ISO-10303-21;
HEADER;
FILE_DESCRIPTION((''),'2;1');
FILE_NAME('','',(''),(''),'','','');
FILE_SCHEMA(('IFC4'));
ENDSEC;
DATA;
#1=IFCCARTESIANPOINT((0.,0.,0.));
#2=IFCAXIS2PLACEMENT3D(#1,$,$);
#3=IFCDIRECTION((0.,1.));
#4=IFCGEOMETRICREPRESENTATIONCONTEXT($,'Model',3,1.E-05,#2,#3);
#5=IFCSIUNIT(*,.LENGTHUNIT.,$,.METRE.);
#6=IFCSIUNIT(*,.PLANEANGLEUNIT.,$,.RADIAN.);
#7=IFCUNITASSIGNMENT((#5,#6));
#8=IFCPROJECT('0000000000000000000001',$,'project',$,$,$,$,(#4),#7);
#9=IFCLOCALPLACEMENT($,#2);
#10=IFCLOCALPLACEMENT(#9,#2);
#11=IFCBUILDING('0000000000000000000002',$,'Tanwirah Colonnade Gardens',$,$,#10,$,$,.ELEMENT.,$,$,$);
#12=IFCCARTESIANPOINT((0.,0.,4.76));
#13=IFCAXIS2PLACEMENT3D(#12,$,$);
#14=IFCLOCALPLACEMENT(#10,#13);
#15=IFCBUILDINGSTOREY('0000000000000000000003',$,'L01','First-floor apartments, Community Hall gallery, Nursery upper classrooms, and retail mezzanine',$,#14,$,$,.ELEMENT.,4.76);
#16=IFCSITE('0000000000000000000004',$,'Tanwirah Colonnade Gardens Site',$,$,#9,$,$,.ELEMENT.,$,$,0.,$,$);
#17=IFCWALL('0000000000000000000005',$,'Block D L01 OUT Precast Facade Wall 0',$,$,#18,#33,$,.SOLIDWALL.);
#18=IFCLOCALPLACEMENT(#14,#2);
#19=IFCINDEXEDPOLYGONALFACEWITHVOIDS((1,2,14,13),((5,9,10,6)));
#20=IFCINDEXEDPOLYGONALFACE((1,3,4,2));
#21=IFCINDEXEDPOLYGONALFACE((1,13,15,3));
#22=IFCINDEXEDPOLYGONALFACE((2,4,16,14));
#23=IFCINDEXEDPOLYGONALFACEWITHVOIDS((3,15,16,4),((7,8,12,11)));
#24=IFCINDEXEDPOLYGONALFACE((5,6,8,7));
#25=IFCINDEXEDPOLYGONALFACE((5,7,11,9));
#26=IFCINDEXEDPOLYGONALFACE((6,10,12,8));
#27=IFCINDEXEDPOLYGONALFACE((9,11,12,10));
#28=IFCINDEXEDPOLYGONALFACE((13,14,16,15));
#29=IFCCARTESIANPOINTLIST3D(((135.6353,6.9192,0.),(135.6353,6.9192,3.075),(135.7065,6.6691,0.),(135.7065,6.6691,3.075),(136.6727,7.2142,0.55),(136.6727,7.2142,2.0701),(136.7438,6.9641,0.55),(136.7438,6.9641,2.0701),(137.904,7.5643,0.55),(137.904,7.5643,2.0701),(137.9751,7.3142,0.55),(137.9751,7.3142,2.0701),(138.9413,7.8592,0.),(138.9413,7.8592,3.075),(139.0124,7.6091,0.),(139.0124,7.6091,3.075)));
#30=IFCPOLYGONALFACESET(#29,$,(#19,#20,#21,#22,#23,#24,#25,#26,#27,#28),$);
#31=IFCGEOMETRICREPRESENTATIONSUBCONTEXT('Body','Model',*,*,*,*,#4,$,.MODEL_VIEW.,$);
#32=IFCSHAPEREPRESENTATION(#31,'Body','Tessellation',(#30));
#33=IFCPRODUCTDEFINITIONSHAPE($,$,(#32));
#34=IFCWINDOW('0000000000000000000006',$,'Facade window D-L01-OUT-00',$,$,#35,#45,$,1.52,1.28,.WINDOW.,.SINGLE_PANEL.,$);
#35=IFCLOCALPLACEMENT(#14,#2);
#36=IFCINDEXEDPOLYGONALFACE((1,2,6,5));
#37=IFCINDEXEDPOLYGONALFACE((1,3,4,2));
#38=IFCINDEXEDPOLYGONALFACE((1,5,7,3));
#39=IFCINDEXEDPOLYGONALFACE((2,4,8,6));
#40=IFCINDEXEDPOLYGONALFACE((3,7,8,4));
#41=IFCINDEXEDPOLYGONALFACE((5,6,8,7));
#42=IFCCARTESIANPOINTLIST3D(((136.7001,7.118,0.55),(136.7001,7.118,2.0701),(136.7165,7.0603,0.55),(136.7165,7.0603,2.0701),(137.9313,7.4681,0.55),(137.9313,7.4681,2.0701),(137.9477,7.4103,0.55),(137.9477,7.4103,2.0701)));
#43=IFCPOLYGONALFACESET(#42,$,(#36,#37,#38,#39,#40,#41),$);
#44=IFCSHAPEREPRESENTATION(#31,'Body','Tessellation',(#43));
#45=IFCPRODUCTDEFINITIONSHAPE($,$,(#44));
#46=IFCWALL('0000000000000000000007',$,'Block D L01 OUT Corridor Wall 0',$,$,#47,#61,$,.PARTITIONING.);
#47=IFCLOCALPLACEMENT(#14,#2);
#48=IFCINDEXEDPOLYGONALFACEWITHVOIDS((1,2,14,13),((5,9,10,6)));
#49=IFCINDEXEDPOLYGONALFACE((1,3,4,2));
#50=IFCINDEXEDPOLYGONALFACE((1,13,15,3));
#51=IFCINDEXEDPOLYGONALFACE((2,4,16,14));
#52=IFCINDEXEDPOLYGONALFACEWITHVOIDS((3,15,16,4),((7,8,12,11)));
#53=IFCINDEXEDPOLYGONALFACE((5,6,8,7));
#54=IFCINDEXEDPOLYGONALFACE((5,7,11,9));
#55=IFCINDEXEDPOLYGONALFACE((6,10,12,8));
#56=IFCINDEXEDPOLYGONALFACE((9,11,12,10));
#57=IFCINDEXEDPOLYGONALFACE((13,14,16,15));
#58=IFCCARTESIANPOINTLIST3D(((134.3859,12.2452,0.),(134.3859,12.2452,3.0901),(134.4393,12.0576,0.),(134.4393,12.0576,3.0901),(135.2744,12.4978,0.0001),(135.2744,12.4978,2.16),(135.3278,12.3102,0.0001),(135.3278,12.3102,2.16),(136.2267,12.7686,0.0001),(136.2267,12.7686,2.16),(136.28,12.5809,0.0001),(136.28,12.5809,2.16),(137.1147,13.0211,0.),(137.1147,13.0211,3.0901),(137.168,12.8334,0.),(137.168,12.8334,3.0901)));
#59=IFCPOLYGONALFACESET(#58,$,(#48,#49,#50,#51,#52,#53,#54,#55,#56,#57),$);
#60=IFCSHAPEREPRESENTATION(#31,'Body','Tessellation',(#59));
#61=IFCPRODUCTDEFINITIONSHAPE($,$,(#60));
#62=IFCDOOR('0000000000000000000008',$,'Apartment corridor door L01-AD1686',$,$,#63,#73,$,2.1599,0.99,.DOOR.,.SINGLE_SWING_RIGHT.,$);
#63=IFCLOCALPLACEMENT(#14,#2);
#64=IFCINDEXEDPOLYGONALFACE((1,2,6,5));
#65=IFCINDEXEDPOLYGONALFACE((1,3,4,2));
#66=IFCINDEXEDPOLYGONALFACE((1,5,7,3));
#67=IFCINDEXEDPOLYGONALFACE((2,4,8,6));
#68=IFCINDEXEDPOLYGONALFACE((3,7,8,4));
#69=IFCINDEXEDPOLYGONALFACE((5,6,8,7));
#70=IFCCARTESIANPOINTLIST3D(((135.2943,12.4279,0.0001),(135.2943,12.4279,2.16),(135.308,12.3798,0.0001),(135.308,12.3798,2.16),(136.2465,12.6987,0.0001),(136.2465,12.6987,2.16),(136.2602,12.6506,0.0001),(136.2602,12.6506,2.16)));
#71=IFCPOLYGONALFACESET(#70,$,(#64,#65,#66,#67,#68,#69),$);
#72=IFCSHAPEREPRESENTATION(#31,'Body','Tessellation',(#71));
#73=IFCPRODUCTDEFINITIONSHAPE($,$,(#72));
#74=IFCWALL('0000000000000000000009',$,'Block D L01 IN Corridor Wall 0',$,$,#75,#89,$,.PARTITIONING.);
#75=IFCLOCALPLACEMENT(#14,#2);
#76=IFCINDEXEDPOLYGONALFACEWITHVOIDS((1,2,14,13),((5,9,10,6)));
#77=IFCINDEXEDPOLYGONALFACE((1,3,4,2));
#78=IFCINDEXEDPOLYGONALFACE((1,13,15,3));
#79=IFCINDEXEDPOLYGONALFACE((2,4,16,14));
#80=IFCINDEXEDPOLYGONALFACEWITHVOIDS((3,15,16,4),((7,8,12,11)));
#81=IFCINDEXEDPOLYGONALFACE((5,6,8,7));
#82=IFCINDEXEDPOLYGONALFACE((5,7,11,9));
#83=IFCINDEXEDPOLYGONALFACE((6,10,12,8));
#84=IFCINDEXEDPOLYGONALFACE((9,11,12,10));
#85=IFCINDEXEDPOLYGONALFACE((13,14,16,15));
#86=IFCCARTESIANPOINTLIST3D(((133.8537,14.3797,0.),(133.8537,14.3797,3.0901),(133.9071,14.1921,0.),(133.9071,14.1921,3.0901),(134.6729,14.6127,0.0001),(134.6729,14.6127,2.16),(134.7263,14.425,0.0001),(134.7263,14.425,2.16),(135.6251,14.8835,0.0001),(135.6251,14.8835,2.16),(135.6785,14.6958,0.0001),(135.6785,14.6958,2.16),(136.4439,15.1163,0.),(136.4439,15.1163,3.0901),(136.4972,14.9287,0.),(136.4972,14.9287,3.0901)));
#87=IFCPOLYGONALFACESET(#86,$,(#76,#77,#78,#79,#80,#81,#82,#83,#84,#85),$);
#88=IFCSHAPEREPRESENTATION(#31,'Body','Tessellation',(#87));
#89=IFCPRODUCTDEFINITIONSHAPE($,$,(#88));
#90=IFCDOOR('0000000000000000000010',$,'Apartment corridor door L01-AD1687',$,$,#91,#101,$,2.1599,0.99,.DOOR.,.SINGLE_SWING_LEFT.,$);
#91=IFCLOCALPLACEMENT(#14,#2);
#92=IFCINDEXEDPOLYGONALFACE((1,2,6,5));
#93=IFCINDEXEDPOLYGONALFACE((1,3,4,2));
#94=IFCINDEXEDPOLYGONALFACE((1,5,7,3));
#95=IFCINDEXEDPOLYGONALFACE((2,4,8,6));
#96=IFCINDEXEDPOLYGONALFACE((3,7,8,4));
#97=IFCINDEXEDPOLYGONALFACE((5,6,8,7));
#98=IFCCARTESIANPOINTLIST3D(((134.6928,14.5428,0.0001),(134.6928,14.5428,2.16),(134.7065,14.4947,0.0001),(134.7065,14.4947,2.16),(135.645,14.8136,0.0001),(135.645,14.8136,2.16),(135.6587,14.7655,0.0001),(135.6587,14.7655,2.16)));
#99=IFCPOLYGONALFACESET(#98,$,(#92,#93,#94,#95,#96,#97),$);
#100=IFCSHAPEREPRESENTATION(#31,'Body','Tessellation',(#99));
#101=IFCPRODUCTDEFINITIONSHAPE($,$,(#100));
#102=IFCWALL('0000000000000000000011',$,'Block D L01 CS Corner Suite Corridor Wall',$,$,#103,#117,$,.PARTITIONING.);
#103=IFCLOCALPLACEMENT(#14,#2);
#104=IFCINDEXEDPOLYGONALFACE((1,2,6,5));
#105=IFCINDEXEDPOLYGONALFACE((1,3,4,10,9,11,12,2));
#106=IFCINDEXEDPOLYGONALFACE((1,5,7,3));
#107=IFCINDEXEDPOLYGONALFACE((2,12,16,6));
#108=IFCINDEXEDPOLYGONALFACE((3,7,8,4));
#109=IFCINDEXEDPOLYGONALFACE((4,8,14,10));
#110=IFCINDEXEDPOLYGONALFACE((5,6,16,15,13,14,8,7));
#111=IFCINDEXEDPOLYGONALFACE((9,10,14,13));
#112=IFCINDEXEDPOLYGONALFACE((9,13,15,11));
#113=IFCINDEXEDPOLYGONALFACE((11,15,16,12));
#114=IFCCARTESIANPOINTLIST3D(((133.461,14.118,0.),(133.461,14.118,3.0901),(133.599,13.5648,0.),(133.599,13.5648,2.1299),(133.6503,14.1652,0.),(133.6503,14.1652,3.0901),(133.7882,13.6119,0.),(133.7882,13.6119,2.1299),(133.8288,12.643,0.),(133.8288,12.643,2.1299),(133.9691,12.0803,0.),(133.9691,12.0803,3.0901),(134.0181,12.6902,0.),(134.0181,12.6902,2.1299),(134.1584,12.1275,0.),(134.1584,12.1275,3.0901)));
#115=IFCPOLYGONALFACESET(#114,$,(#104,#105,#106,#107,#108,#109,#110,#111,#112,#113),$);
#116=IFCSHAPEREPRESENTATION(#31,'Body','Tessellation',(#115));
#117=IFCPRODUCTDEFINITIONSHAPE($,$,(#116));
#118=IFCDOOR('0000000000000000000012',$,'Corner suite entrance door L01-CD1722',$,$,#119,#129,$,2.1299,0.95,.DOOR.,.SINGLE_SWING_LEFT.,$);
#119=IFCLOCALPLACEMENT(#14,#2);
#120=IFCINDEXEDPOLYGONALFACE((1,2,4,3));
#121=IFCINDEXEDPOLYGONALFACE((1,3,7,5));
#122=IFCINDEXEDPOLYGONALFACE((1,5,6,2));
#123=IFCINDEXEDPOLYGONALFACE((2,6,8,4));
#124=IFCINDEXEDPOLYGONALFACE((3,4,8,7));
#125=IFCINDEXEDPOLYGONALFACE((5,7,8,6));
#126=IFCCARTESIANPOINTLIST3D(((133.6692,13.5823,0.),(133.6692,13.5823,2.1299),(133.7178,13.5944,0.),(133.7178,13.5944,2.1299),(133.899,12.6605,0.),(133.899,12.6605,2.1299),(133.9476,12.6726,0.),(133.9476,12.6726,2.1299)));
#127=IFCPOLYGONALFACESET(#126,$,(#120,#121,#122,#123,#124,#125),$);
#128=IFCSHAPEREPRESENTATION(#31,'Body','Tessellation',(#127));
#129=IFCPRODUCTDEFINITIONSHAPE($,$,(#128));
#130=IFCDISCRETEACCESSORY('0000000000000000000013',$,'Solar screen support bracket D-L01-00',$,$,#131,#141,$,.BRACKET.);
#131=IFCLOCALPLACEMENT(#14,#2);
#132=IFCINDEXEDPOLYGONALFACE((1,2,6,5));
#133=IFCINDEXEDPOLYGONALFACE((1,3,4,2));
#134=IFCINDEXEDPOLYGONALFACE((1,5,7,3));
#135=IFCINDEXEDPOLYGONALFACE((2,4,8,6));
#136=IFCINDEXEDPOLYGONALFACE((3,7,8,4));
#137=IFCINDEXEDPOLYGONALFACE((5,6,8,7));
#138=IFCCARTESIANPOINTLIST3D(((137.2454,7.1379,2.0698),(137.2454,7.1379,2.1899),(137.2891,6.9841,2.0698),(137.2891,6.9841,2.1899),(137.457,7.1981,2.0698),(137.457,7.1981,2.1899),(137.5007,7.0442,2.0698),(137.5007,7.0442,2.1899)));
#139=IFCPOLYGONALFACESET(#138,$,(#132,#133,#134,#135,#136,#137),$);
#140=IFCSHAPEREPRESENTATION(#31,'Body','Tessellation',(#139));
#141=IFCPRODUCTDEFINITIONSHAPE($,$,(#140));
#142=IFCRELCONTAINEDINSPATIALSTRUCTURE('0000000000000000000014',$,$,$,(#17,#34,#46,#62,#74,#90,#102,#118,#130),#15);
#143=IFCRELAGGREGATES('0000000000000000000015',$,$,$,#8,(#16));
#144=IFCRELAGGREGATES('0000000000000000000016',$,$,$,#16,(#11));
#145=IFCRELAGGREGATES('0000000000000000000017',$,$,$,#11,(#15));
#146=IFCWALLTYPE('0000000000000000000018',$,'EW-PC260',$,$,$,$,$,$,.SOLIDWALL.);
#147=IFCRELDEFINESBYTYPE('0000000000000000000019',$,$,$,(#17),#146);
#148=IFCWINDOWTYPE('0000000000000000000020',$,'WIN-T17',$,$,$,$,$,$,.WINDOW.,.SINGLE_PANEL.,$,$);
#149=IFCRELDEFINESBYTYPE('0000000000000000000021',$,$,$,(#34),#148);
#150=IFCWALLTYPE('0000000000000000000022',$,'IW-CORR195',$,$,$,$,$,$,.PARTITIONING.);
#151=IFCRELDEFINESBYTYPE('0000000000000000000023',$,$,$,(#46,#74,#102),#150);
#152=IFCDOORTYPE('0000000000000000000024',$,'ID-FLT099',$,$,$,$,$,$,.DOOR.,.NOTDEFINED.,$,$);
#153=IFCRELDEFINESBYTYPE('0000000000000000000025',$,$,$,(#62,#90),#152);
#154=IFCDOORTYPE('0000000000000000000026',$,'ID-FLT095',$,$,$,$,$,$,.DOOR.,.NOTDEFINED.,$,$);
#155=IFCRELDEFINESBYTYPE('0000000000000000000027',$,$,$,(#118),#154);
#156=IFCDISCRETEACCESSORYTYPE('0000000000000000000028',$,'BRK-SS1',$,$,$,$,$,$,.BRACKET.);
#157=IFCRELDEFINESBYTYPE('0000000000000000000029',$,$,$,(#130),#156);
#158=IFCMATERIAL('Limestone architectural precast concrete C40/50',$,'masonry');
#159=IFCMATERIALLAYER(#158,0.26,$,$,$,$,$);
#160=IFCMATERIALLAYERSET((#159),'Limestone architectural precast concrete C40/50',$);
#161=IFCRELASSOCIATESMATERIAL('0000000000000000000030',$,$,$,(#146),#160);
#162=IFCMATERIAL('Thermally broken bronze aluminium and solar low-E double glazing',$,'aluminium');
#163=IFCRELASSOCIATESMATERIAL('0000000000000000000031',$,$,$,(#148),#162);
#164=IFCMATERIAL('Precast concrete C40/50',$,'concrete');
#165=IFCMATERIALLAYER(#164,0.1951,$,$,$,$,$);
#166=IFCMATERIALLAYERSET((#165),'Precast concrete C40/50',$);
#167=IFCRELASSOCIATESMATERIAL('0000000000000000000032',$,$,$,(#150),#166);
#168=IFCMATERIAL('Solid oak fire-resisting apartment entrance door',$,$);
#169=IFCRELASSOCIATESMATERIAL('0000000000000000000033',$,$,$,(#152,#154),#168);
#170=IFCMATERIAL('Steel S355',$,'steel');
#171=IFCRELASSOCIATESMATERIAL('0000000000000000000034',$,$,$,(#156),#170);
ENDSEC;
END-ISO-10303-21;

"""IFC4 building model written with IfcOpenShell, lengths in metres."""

from ifc_helpers import new_model, si_unit, direction, frame, frame_2d, origin, origin_2d, place, context, subcontext, project, spatial, rectangle, extrude, material, layer, layer_set, type_object, element, fill, save


model = new_model("IFC4")

# Units and contexts
model_context = context("Model", 3, precision=1e-05, world=origin(), true_north=direction((0.0, 1.0)))
body_context = subcontext(model_context, "Body", "Model", "MODEL_VIEW")
ifc_project = project(units=[si_unit("LENGTHUNIT", "METRE"), si_unit("PLANEANGLEUNIT", "RADIAN")], contexts=[model_context])

# Site, building, storey
site_placement = place(None, origin())
site = spatial("IfcSite", under=ifc_project, at=site_placement, Name="Tanwirah Colonnade Gardens Site", CompositionType="ELEMENT", RefElevation=0.0)
building_placement = place(site_placement, origin())
building = spatial("IfcBuilding", under=site, at=building_placement, Name="Tanwirah Colonnade Gardens", CompositionType="ELEMENT")
storey_placement = place(building_placement, frame((0.0, 0.0, 4.76)))
storey = spatial("IfcBuildingStorey", under=building, at=storey_placement, Name="L01", Description="First-floor apartments, Community Hall gallery, Nursery upper classrooms, and retail mezzanine", CompositionType="ELEMENT", Elevation=4.76)

# Shared definitions
ifc_material_1 = material(Name="Precast concrete C40/50", Category="concrete")

# Wall, opening, window
ifc_material_2 = material(Name="Limestone architectural precast concrete C40/50", Category="masonry")
ifc_layer_1 = layer(ifc_material_2, 0.26)
ifc_layer_set_1 = layer_set([ifc_layer_1], Name="Limestone architectural precast concrete C40/50")
wall_type_1 = type_object("IfcWallType", Name="EW-PC260", PredefinedType="SOLIDWALL", material=ifc_layer_set_1)
wall_1_placement = place(storey_placement, frame((135.6709, 6.7942, 0.0), z_axis=(0.0, 0.0, 1.0), x_axis=(0.961877, 0.273482, 0.0)))
wall_1 = element("IfcWall", 1, at=wall_1_placement, inside=storey, type_object=wall_type_1, Name="Block D L01 OUT Precast Facade Wall 0", PredefinedType="SOLIDWALL", context=body_context, shape_type="SweptSolid", body=[
    extrude(rectangle(XDim=3.437, YDim=0.26, at=frame_2d((1.7185, 0.0))), origin(), (0.0, 0.0, 1.0), 3.075),
])
opening_1_placement = place(wall_1_placement, frame((1.0784, 0.0, 0.55)))
opening_1 = element("IfcOpeningElement", 2, at=opening_1_placement, cuts=wall_1, PredefinedType="OPENING", context=body_context, shape_type="SweptSolid", body=[
    extrude(rectangle(XDim=1.28, YDim=1.52, at=frame_2d((0.6401, 0.76))), frame((0.0, 0.1399, 0.0), z_axis=(0.0, -1.0, 0.0), x_axis=(1.0, 0.0, 0.0)), (0.0, 0.0, 1.0), 0.28),
])
ifc_material_3 = material(Name="Thermally broken bronze aluminium and solar low-E double glazing", Category="aluminium")
window_type = type_object("IfcWindowType", Name="WIN-T17", PartitioningType="SINGLE_PANEL", PredefinedType="WINDOW", material=ifc_material_3)
window_placement = place(opening_1_placement, origin())
window = element("IfcWindow", 3, at=window_placement, inside=storey, type_object=window_type, Name="Facade window D-L01-OUT-00", OverallHeight=1.52, OverallWidth=1.28, PartitioningType="SINGLE_PANEL", PredefinedType="WINDOW", context=body_context, shape_type="SweptSolid", body=[
    extrude(rectangle(XDim=1.28, YDim=1.52, at=frame_2d((0.6401, 0.76))), frame((0.0, 0.03, 0.0), z_axis=(0.0, -1.0, 0.0), x_axis=(1.0, 0.0, 0.0)), (0.0, 0.0, 1.0), 0.0601),
])
fill(opening_1, window)

# Walls, openings, doors
ifc_layer_2 = layer(ifc_material_1, 0.1951)
ifc_layer_set_2 = layer_set([ifc_layer_2], Name="Precast concrete C40/50")
wall_type_2 = type_object("IfcWallType", Name="IW-CORR195", PredefinedType="PARTITIONING", material=ifc_layer_set_2)
wall_2_placement = place(storey_placement, frame((134.4126, 12.1514, 0.0), z_axis=(0.0, 0.0, 1.0), x_axis=(0.961874, 0.273493, 0.0)))
wall_2 = element("IfcWall", 4, at=wall_2_placement, inside=storey, type_object=wall_type_2, Name="Block D L01 OUT Corridor Wall 0", PredefinedType="PARTITIONING", context=body_context, shape_type="SweptSolid", body=[
    extrude(rectangle(XDim=2.8369, YDim=0.1951, at=frame_2d((1.4185, 0.0))), origin(), (0.0, 0.0, 1.0), 3.0901),
])
opening_2_placement = place(wall_2_placement, frame((0.9236, 0.0, 0.0)))
opening_2 = element("IfcOpeningElement", 5, at=opening_2_placement, cuts=wall_2, PredefinedType="OPENING", context=body_context, shape_type="SweptSolid", body=[
    extrude(rectangle(XDim=0.99, YDim=2.1599, at=frame_2d((0.4951, 1.0801))), frame((0.0, 0.1074, 0.0), z_axis=(0.0, -1.0, 0.0), x_axis=(1.0, 0.0, 0.0)), (0.0, 0.0, 1.0), 0.2151),
])
ifc_material_4 = material(Name="Solid oak fire-resisting apartment entrance door")
door_type_1 = type_object("IfcDoorType", Name="ID-FLT099", OperationType="NOTDEFINED", PredefinedType="DOOR", material=ifc_material_4)
door_1_placement = place(opening_2_placement, origin())
door_1 = element("IfcDoor", 6, at=door_1_placement, inside=storey, type_object=door_type_1, Name="Apartment corridor door L01-AD1686", OperationType="SINGLE_SWING_RIGHT", OverallHeight=2.1599, OverallWidth=0.99, PredefinedType="DOOR", context=body_context, shape_type="SweptSolid", body=[
    extrude(rectangle(XDim=0.99, YDim=2.1599, at=frame_2d((0.4951, 1.0801))), frame((0.0, 0.0249, 0.0), z_axis=(0.0, -1.0, 0.0), x_axis=(1.0, 0.0, 0.0)), (0.0, 0.0, 1.0), 0.05),
])
fill(opening_2, door_1)
wall_3_placement = place(storey_placement, frame((133.8804, 14.2859, 0.0), z_axis=(0.0, 0.0, 1.0), x_axis=(0.961862, 0.273535, 0.0)))
wall_3 = element("IfcWall", 7, at=wall_3_placement, inside=storey, type_object=wall_type_2, Name="Block D L01 IN Corridor Wall 0", PredefinedType="PARTITIONING", context=body_context, shape_type="SweptSolid", body=[
    extrude(rectangle(XDim=2.6929, YDim=0.1951, at=frame_2d((1.3464, 0.0))), origin(), (0.0, 0.0, 1.0), 3.0901),
])
opening_3_placement = place(wall_3_placement, frame((0.8516, 0.0, 0.0)))
opening_3 = element("IfcOpeningElement", 8, at=opening_3_placement, cuts=wall_3, PredefinedType="OPENING", context=body_context, shape_type="SweptSolid", body=[
    extrude(rectangle(XDim=0.99, YDim=2.1599, at=frame_2d((0.4951, 1.0801))), frame((0.0, 0.1074, 0.0), z_axis=(0.0, -1.0, 0.0), x_axis=(1.0, 0.0, 0.0)), (0.0, 0.0, 1.0), 0.2151),
])
door_2_placement = place(opening_3_placement, origin())
door_2 = element("IfcDoor", 9, at=door_2_placement, inside=storey, type_object=door_type_1, Name="Apartment corridor door L01-AD1687", OperationType="SINGLE_SWING_LEFT", OverallHeight=2.1599, OverallWidth=0.99, PredefinedType="DOOR", context=body_context, shape_type="SweptSolid", body=[
    extrude(rectangle(XDim=0.99, YDim=2.1599, at=frame_2d((0.4951, 1.0801))), frame((0.0, 0.0249, 0.0), z_axis=(0.0, -1.0, 0.0), x_axis=(1.0, 0.0, 0.0)), (0.0, 0.0, 1.0), 0.05),
])
fill(opening_3, door_2)
wall_4_placement = place(storey_placement, frame((133.5557, 14.1416, 0.0), z_axis=(0.0, 0.0, 1.0), x_axis=(0.241934, -0.970293, 0.0)))
wall_4 = element("IfcWall", 10, at=wall_4_placement, inside=storey, type_object=wall_type_2, Name="Block D L01 CS Corner Suite Corridor Wall", PredefinedType="PARTITIONING", context=body_context, shape_type="SweptSolid", body=[
    extrude(rectangle(XDim=2.1001, YDim=0.1951, at=frame_2d((1.05, 0.0))), origin(), (0.0, 0.0, 1.0), 3.0901),
])
opening_4_placement = place(wall_4_placement, frame((0.5701, 0.0, 0.0)))
opening_4 = element("IfcOpeningElement", 11, at=opening_4_placement, cuts=wall_4, PredefinedType="OPENING", context=body_context, shape_type="SweptSolid", body=[
    extrude(rectangle(XDim=0.95, YDim=2.1299, at=frame_2d((0.4751, 1.0649))), frame((0.0, 0.1074, 0.0), z_axis=(0.0, -1.0, 0.0), x_axis=(1.0, 0.0, 0.0)), (0.0, 0.0, 1.0), 0.2151),
])
door_type_2 = type_object("IfcDoorType", Name="ID-FLT095", OperationType="NOTDEFINED", PredefinedType="DOOR", material=ifc_material_4)
door_3_placement = place(opening_4_placement, origin())
door_3 = element("IfcDoor", 12, at=door_3_placement, inside=storey, type_object=door_type_2, Name="Corner suite entrance door L01-CD1722", OperationType="SINGLE_SWING_LEFT", OverallHeight=2.1299, OverallWidth=0.95, PredefinedType="DOOR", context=body_context, shape_type="SweptSolid", body=[
    extrude(rectangle(XDim=0.95, YDim=2.1299, at=frame_2d((0.4751, 1.0649))), frame((0.0, 0.0249, 0.0), z_axis=(0.0, -1.0, 0.0), x_axis=(1.0, 0.0, 0.0)), (0.0, 0.0, 1.0), 0.05),
])
fill(opening_4, door_3)

# Discrete accessory
ifc_material_5 = material(Name="Steel S355", Category="steel")
discrete_accessory_type = type_object("IfcDiscreteAccessoryType", Name="BRK-SS1", PredefinedType="BRACKET", material=ifc_material_5)
discrete_accessory_placement = place(storey_placement, frame((137.373, 7.0911, 2.0698), z_axis=(0.0, 0.0, 1.0), x_axis=(0.96186, 0.273542, 0.0)))
element("IfcDiscreteAccessory", 13, at=discrete_accessory_placement, inside=storey, type_object=discrete_accessory_type, Name="Solar screen support bracket D-L01-00", PredefinedType="BRACKET", context=body_context, shape_type="SweptSolid", body=[
    extrude(rectangle(XDim=0.22, YDim=0.1599, at=origin_2d()), origin(), (0.0, 0.0, 1.0), 0.1201),
])

save(model, "model.ifc")
